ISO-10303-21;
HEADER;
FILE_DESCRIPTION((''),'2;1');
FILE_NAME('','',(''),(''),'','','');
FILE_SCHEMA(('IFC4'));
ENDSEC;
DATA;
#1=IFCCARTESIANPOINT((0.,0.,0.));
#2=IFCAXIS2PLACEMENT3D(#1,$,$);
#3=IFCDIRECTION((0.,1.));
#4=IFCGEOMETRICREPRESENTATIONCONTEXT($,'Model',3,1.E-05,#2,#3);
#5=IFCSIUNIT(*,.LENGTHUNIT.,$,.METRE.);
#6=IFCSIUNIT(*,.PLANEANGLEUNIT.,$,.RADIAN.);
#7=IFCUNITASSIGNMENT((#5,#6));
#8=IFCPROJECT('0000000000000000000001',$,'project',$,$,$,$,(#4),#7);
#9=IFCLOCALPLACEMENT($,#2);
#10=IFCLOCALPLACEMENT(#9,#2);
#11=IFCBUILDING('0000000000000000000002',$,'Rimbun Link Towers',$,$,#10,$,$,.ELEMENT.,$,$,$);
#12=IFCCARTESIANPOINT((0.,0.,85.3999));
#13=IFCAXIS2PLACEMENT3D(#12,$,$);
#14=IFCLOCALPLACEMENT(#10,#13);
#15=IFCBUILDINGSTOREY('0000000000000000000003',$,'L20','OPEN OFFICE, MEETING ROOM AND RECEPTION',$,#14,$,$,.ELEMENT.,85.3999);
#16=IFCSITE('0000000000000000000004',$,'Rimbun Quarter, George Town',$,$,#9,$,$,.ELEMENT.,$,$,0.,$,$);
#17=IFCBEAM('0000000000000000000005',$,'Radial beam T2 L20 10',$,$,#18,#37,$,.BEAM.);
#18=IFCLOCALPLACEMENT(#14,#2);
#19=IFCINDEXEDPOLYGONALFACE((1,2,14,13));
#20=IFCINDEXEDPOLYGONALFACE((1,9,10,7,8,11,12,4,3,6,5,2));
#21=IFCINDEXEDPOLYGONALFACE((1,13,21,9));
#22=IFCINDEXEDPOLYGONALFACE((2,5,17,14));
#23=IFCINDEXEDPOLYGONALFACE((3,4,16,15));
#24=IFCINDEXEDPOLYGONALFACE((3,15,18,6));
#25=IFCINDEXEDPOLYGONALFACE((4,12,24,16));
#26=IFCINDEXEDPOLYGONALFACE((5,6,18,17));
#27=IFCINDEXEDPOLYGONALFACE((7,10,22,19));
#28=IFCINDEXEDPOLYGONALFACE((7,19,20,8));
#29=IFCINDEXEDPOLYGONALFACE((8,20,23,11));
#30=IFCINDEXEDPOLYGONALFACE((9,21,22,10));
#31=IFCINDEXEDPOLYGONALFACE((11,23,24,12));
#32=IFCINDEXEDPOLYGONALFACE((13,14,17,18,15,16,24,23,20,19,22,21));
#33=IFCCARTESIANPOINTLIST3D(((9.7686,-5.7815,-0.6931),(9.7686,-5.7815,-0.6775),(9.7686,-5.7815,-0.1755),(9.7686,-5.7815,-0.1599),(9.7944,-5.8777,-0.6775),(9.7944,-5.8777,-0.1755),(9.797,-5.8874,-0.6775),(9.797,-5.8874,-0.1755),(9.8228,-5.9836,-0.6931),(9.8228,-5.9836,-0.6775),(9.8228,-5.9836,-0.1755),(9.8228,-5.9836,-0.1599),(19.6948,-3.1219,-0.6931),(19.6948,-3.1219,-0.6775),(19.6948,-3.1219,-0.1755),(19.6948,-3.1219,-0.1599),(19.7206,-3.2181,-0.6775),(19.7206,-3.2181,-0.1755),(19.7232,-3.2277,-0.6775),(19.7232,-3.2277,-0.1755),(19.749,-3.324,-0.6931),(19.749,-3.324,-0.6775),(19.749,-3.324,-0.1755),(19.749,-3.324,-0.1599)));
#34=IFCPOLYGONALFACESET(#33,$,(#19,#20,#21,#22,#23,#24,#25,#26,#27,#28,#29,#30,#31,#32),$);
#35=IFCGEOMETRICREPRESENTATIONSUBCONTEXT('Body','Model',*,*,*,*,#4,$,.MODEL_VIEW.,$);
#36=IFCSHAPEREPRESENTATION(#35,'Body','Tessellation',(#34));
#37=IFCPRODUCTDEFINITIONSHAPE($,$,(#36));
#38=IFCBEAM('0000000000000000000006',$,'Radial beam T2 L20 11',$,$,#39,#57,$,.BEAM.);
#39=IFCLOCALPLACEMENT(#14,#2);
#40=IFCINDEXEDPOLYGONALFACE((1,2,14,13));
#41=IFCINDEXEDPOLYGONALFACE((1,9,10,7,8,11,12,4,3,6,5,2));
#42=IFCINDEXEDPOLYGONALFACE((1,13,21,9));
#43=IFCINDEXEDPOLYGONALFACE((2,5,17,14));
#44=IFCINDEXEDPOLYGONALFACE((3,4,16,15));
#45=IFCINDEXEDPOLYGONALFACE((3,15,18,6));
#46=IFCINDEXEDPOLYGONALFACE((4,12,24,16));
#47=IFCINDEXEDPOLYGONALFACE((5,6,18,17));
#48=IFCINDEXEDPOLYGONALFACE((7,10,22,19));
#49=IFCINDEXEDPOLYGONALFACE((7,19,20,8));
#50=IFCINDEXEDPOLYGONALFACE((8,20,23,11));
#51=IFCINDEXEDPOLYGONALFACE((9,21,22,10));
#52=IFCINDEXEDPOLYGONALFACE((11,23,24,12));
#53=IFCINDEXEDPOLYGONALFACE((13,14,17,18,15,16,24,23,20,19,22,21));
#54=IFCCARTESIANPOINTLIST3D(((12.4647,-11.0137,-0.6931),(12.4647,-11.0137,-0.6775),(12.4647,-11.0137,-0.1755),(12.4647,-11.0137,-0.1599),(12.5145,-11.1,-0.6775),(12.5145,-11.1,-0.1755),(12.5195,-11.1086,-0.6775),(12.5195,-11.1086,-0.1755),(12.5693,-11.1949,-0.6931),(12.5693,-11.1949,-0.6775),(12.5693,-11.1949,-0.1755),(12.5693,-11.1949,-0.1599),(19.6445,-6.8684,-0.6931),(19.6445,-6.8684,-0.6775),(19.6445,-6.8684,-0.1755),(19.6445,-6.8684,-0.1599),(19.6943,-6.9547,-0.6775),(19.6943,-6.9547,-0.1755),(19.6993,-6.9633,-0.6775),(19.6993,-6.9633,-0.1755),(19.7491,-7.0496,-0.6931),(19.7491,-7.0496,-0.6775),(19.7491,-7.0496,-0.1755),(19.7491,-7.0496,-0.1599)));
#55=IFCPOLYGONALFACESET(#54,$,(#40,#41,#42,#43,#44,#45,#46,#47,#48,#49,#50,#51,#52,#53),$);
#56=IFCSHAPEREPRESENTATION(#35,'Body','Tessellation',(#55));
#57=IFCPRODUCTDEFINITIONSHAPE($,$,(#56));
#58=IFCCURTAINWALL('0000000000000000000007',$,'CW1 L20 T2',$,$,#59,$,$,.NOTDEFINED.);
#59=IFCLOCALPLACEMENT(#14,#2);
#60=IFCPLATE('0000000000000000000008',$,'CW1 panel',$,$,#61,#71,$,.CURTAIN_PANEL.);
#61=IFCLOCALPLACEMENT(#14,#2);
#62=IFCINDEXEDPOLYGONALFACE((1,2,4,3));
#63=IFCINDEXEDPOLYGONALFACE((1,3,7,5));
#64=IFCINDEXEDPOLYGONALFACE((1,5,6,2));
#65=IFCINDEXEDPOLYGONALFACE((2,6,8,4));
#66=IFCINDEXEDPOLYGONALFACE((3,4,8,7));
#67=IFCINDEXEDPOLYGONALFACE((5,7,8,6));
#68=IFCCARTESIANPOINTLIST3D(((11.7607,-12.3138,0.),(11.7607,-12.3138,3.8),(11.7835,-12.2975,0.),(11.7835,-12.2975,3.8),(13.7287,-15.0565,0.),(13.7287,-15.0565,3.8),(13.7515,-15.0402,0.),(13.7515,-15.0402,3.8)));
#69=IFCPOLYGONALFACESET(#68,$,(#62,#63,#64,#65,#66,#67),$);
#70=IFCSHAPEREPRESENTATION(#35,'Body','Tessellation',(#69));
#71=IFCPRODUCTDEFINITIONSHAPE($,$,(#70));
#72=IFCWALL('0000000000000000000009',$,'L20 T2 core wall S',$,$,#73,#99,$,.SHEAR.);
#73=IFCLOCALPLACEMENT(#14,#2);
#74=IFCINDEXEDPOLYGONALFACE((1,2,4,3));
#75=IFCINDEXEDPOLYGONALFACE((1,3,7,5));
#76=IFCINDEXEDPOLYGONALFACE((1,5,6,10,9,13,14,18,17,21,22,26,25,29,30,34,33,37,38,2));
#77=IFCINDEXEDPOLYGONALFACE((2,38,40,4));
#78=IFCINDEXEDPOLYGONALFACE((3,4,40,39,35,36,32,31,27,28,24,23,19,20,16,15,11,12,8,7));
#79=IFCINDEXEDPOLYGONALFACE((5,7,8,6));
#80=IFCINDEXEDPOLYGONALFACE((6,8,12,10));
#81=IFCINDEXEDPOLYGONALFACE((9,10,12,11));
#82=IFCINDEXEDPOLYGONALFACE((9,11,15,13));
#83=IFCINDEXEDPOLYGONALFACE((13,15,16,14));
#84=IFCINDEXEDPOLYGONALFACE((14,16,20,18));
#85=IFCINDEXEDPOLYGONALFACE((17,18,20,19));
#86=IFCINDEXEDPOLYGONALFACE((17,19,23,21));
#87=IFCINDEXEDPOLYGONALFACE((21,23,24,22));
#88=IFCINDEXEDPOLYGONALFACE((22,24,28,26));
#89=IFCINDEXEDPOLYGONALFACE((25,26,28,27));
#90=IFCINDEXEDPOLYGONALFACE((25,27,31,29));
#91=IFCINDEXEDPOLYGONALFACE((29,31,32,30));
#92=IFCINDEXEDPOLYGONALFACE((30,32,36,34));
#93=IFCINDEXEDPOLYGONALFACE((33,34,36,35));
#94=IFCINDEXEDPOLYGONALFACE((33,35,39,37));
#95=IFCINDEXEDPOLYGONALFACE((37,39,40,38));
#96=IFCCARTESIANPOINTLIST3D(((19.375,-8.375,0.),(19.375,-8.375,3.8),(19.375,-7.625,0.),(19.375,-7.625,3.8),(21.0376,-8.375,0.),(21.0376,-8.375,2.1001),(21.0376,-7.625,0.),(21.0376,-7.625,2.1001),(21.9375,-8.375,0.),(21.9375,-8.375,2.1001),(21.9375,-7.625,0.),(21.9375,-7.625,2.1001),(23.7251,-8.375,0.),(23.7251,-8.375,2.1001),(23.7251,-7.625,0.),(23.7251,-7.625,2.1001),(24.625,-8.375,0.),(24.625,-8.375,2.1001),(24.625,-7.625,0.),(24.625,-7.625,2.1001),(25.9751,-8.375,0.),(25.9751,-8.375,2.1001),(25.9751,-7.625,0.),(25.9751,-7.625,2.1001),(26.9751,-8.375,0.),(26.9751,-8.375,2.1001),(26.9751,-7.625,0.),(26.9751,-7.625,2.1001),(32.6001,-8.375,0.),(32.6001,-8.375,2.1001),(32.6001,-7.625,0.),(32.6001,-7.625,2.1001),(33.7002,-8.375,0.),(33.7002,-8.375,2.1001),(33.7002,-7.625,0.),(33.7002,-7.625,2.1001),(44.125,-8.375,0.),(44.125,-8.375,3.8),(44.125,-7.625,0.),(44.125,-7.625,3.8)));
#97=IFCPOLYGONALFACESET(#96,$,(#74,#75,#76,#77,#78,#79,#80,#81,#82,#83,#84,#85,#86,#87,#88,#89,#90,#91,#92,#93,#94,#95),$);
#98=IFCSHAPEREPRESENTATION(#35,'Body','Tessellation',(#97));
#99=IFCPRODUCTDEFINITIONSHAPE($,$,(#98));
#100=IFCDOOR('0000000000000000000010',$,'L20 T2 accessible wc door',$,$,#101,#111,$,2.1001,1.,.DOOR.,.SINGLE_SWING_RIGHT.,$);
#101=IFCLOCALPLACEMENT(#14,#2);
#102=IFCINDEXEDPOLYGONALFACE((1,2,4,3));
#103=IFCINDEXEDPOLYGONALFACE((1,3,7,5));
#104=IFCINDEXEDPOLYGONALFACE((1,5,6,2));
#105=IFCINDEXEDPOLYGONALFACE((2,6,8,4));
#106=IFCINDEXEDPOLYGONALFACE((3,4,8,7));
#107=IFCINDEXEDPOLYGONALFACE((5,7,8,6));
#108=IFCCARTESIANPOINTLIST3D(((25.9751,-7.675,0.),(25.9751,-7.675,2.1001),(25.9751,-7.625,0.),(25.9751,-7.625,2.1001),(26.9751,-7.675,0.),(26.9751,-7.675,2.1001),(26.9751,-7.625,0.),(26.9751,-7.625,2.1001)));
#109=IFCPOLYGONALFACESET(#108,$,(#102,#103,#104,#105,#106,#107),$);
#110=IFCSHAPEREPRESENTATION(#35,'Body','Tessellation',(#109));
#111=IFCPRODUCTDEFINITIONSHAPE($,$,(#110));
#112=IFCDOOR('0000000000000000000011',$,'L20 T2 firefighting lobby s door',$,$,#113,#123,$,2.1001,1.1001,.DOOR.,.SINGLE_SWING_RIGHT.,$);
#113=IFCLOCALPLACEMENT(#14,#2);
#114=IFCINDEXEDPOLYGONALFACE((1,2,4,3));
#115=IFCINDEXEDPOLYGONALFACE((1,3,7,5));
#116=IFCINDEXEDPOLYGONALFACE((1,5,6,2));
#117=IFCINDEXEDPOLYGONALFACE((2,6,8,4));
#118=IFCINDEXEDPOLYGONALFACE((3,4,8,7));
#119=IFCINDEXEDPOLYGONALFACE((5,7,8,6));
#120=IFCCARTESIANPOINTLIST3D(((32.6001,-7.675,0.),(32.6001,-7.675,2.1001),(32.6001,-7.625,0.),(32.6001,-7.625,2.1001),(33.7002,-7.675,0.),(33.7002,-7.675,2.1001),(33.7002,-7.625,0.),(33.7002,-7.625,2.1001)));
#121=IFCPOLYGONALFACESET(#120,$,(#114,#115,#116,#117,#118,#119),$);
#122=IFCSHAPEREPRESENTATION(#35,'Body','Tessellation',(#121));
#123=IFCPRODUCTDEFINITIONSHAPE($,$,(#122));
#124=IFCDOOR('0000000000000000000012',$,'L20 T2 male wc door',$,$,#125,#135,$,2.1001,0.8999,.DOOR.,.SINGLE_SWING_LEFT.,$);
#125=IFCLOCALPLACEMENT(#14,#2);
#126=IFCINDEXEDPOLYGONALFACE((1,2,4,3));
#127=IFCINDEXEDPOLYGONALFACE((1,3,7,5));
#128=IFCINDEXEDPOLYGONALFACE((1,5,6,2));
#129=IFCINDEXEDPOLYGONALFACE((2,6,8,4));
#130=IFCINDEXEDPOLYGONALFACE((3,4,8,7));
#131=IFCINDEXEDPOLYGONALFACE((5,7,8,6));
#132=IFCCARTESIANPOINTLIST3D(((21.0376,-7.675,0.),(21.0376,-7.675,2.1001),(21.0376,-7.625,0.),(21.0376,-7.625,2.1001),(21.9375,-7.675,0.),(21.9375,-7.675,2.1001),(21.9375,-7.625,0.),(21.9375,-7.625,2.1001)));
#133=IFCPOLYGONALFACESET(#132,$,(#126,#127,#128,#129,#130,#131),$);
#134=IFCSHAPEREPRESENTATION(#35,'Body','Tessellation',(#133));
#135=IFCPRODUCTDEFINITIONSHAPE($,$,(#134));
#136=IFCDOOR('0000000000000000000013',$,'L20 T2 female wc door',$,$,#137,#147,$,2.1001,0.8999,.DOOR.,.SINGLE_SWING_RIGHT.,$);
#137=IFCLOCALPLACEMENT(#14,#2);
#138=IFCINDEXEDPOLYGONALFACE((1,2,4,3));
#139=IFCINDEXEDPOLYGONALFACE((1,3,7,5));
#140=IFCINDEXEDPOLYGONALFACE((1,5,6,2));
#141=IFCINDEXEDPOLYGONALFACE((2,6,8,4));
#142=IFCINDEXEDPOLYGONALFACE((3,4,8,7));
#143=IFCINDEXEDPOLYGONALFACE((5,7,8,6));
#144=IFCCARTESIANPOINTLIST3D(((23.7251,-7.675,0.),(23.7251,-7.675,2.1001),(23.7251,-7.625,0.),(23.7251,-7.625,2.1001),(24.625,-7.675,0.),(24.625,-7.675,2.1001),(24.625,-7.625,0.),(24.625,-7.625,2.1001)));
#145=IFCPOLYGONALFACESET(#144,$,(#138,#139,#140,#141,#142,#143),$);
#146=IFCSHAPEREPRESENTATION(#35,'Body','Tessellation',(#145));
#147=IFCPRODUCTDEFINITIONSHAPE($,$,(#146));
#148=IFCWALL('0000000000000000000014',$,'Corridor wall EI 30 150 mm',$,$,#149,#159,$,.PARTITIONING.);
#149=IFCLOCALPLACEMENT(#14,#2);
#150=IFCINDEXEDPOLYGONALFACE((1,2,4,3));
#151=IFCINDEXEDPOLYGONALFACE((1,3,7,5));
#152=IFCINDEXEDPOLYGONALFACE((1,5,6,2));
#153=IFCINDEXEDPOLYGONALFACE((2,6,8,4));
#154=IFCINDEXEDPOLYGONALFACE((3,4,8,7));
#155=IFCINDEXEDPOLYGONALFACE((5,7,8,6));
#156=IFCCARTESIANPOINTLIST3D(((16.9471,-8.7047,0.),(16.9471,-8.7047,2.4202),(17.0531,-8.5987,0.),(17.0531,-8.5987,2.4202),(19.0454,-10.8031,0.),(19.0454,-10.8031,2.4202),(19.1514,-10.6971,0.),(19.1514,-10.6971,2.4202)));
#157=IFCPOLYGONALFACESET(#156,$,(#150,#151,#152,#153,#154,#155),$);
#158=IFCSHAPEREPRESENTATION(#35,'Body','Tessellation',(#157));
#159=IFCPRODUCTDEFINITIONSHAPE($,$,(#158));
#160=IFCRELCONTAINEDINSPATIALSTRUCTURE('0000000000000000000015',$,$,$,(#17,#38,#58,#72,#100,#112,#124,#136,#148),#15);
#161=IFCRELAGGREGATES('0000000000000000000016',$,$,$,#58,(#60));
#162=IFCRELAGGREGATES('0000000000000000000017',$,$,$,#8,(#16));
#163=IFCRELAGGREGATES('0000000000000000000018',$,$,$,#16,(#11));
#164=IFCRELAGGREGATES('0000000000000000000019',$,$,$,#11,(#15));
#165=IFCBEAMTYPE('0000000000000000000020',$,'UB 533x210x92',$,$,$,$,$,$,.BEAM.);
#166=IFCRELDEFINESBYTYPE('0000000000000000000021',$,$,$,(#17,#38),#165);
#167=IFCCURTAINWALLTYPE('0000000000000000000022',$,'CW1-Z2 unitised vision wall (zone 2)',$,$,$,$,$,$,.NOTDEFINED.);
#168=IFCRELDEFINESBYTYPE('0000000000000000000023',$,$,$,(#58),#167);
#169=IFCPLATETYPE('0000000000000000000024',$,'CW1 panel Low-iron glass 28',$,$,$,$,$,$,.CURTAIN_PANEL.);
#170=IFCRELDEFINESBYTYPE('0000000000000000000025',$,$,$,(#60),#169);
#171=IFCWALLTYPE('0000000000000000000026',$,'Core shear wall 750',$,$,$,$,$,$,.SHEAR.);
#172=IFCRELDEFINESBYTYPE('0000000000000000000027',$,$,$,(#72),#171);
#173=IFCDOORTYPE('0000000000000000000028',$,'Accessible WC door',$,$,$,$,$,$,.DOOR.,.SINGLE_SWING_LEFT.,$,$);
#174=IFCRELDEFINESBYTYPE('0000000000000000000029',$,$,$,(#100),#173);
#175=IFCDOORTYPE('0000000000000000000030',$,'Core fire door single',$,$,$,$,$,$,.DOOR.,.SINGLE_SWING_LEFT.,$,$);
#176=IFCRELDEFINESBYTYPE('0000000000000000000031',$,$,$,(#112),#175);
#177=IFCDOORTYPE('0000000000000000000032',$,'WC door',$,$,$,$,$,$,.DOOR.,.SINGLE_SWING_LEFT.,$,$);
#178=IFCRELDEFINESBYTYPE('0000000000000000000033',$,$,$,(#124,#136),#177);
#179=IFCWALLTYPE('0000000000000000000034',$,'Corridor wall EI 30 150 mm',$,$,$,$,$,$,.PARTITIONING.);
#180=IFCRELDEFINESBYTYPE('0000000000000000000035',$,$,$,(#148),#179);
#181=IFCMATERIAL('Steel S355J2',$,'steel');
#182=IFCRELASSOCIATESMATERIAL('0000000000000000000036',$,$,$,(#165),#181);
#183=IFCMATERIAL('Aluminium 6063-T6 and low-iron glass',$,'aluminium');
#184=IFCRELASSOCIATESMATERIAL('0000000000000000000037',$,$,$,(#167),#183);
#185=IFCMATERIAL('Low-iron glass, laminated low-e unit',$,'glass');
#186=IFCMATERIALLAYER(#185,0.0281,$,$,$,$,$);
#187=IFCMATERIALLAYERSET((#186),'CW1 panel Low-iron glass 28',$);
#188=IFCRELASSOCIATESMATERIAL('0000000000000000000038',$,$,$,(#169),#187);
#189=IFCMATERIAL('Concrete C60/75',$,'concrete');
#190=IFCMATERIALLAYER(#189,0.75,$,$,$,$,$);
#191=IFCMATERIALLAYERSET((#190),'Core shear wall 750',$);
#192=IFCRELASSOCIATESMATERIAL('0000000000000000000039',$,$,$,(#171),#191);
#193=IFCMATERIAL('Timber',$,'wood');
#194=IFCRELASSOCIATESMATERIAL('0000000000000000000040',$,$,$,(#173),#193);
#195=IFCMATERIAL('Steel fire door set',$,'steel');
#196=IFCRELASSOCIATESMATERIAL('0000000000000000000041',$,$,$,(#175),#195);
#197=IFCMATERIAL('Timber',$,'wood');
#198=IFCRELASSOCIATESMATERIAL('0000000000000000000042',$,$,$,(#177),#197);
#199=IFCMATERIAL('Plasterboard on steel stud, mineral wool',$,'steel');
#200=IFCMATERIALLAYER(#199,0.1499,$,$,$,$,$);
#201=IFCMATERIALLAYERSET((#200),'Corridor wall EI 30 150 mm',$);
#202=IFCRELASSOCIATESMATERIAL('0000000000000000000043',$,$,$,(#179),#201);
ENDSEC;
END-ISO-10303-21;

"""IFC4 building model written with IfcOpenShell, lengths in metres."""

from ifc_helpers import new_model, si_unit, direction, frame, frame_2d, origin, origin_2d, place, context, subcontext, project, spatial, rectangle, i_section, extrude, material, layer, layer_set, material_profile, profile_set, type_object, element, fill, aggregate, save


model = new_model("IFC4")

# Units and contexts
model_context = context("Model", 3, precision=1e-05, world=origin(), true_north=direction((0.0, 1.0)))
body_context = subcontext(model_context, "Body", "Model", "MODEL_VIEW")
ifc_project = project(units=[si_unit("LENGTHUNIT", "METRE"), si_unit("PLANEANGLEUNIT", "RADIAN")], contexts=[model_context])

# Site, building, storey
site_placement = place(None, origin())
site = spatial("IfcSite", under=ifc_project, at=site_placement, Name="Rimbun Quarter, George Town", CompositionType="ELEMENT", RefElevation=0.0)
building_placement = place(site_placement, origin())
building = spatial("IfcBuilding", under=site, at=building_placement, Name="Rimbun Link Towers", CompositionType="ELEMENT")
storey_placement = place(building_placement, frame((0.0, 0.0, 85.3999)))
storey = spatial("IfcBuildingStorey", under=building, at=storey_placement, Name="L20", Description="OPEN OFFICE, MEETING ROOM AND RECEPTION", CompositionType="ELEMENT", Elevation=85.3999)

# Beams
ifc_material_1 = material(Name="Steel S355J2", Category="steel")
ifc_material_profile = material_profile(ifc_material_1, i_section(OverallWidth=0.2092, OverallDepth=0.5332, WebThickness=0.01, FlangeThickness=0.0156, at=origin_2d()), Name="UB 533x210x92")
ifc_profile_set = profile_set([ifc_material_profile], Name="Steel S355J2")
beam_type = type_object("IfcBeamType", Name="UB 533x210x92", PredefinedType="BEAM", material=ifc_profile_set)
beam_1_placement = place(storey_placement, frame((19.7219, -3.2229, -0.4265), z_axis=(-0.965927, -0.258813, 0.0), x_axis=(0.258813, -0.965927, 0.0)))
element("IfcBeam", 1, at=beam_1_placement, inside=storey, type_object=beam_type, Name="Radial beam T2 L20 10", PredefinedType="BEAM", context=body_context, shape_type="SweptSolid", body=[
    extrude(i_section(OverallWidth=0.2092, OverallDepth=0.5332, WebThickness=0.01, FlangeThickness=0.0156, at=origin_2d()), origin(), (0.0, 0.0, 1.0), 10.2764),
])
beam_2_placement = place(storey_placement, frame((19.6968, -6.959, -0.4265), z_axis=(-0.866022, -0.500006, 0.0), x_axis=(0.500006, -0.866022, 0.0)))
element("IfcBeam", 2, at=beam_2_placement, inside=storey, type_object=beam_type, Name="Radial beam T2 L20 11", PredefinedType="BEAM", context=body_context, shape_type="SweptSolid", body=[
    extrude(i_section(OverallWidth=0.2092, OverallDepth=0.5332, WebThickness=0.01, FlangeThickness=0.0156, at=origin_2d()), origin(), (0.0, 0.0, 1.0), 8.2905),
])

# Curtain wall, plate
ifc_material_2 = material(Name="Aluminium 6063-T6 and low-iron glass", Category="aluminium")
curtain_wall_type = type_object("IfcCurtainWallType", Name="CW1-Z2 unitised vision wall (zone 2)", PredefinedType="NOTDEFINED", material=ifc_material_2)
curtain_wall_placement = place(storey_placement, origin())
curtain_wall = element("IfcCurtainWall", 3, at=curtain_wall_placement, inside=storey, type_object=curtain_wall_type, Name="CW1 L20 T2", PredefinedType="NOTDEFINED")
ifc_material_3 = material(Name="Low-iron glass, laminated low-e unit", Category="glass")
ifc_layer_1 = layer(ifc_material_3, 0.0281)
ifc_layer_set_1 = layer_set([ifc_layer_1], Name="CW1 panel Low-iron glass 28")
plate_type = type_object("IfcPlateType", Name="CW1 panel Low-iron glass 28", PredefinedType="CURTAIN_PANEL", material=ifc_layer_set_1)
plate_placement = place(storey_placement, frame((12.7561, -13.677, 0.0), z_axis=(0.0, 0.0, 1.0), x_axis=(-0.583004, 0.812469, 0.0)))
plate = element("IfcPlate", 4, at=plate_placement, type_object=plate_type, Name="CW1 panel", PredefinedType="CURTAIN_PANEL", context=body_context, shape_type="SweptSolid", body=[
    extrude(rectangle(XDim=3.3757, YDim=0.0281, at=origin_2d()), origin(), (0.0, 0.0, 1.0), 3.8),
])
aggregate(curtain_wall, [plate])

# Wall, openings, doors
ifc_material_4 = material(Name="Concrete C60/75", Category="concrete")
ifc_layer_2 = layer(ifc_material_4, 0.75)
ifc_layer_set_2 = layer_set([ifc_layer_2], Name="Core shear wall 750")
wall_type_1 = type_object("IfcWallType", Name="Core shear wall 750", PredefinedType="SHEAR", material=ifc_layer_set_2)
wall_1_placement = place(storey_placement, frame((19.375, -8.0, 0.0), z_axis=(0.0, 0.0, 1.0), x_axis=(1.0, 0.0, 0.0)))
wall_1 = element("IfcWall", 5, at=wall_1_placement, inside=storey, type_object=wall_type_1, Name="L20 T2 core wall S", PredefinedType="SHEAR", context=body_context, shape_type="SweptSolid", body=[
    extrude(rectangle(XDim=24.75, YDim=0.75, at=frame_2d((12.375, 0.0))), origin(), (0.0, 0.0, 1.0), 3.8),
])
opening_1_placement = place(wall_1_placement, frame((13.2251, 0.0, 0.0)))
opening_1 = element("IfcOpeningElement", 6, at=opening_1_placement, cuts=wall_1, PredefinedType="OPENING", context=body_context, shape_type="SweptSolid", body=[
    extrude(rectangle(XDim=1.1001, YDim=2.1001, at=frame_2d((0.55, 1.05))), frame((0.0, 0.385, 0.0), z_axis=(0.0, -1.0, 0.0), x_axis=(1.0, 0.0, 0.0)), (0.0, 0.0, 1.0), 0.77),
])
opening_2_placement = place(wall_1_placement, frame((1.6626, 0.0, 0.0)))
opening_2 = element("IfcOpeningElement", 7, at=opening_2_placement, cuts=wall_1, PredefinedType="OPENING", context=body_context, shape_type="SweptSolid", body=[
    extrude(rectangle(XDim=0.8999, YDim=2.1001, at=frame_2d((0.45, 1.05))), frame((0.0, 0.385, 0.0), z_axis=(0.0, -1.0, 0.0), x_axis=(1.0, 0.0, 0.0)), (0.0, 0.0, 1.0), 0.77),
])
opening_3_placement = place(wall_1_placement, frame((4.3501, 0.0, 0.0)))
opening_3 = element("IfcOpeningElement", 8, at=opening_3_placement, cuts=wall_1, PredefinedType="OPENING", context=body_context, shape_type="SweptSolid", body=[
    extrude(rectangle(XDim=0.8999, YDim=2.1001, at=frame_2d((0.45, 1.05))), frame((0.0, 0.385, 0.0), z_axis=(0.0, -1.0, 0.0), x_axis=(1.0, 0.0, 0.0)), (0.0, 0.0, 1.0), 0.77),
])
opening_4_placement = place(wall_1_placement, frame((6.6001, 0.0, 0.0)))
opening_4 = element("IfcOpeningElement", 9, at=opening_4_placement, cuts=wall_1, PredefinedType="OPENING", context=body_context, shape_type="SweptSolid", body=[
    extrude(rectangle(XDim=1.0, YDim=2.1001, at=frame_2d((0.5, 1.05))), frame((0.0, 0.385, 0.0), z_axis=(0.0, -1.0, 0.0), x_axis=(1.0, 0.0, 0.0)), (0.0, 0.0, 1.0), 0.77),
])
ifc_material_5 = material(Name="Timber", Category="wood")
door_type_1 = type_object("IfcDoorType", Name="Accessible WC door", OperationType="SINGLE_SWING_LEFT", PredefinedType="DOOR", material=ifc_material_5)
door_1_placement = place(opening_4_placement, origin())
door_1 = element("IfcDoor", 10, at=door_1_placement, inside=storey, type_object=door_type_1, Name="L20 T2 accessible wc door", OperationType="SINGLE_SWING_RIGHT", OverallHeight=2.1001, OverallWidth=1.0, PredefinedType="DOOR", context=body_context, shape_type="SweptSolid", body=[
    extrude(rectangle(XDim=1.0, YDim=2.1001, at=frame_2d((0.5, 1.05))), frame((0.0, 0.375, 0.0), z_axis=(0.0, -1.0, 0.0), x_axis=(1.0, 0.0, 0.0)), (0.0, 0.0, 1.0), 0.05),
])
fill(opening_4, door_1)
ifc_material_6 = material(Name="Steel fire door set", Category="steel")
door_type_2 = type_object("IfcDoorType", Name="Core fire door single", OperationType="SINGLE_SWING_LEFT", PredefinedType="DOOR", material=ifc_material_6)
door_2_placement = place(opening_1_placement, origin())
door_2 = element("IfcDoor", 11, at=door_2_placement, inside=storey, type_object=door_type_2, Name="L20 T2 firefighting lobby s door", OperationType="SINGLE_SWING_RIGHT", OverallHeight=2.1001, OverallWidth=1.1001, PredefinedType="DOOR", context=body_context, shape_type="SweptSolid", body=[
    extrude(rectangle(XDim=1.1001, YDim=2.1001, at=frame_2d((0.55, 1.05))), frame((0.0, 0.375, 0.0), z_axis=(0.0, -1.0, 0.0), x_axis=(1.0, 0.0, 0.0)), (0.0, 0.0, 1.0), 0.05),
])
fill(opening_1, door_2)
ifc_material_7 = material(Name="Timber", Category="wood")
door_type_3 = type_object("IfcDoorType", Name="WC door", OperationType="SINGLE_SWING_LEFT", PredefinedType="DOOR", material=ifc_material_7)
door_3_placement = place(opening_2_placement, origin())
door_3 = element("IfcDoor", 12, at=door_3_placement, inside=storey, type_object=door_type_3, Name="L20 T2 male wc door", OperationType="SINGLE_SWING_LEFT", OverallHeight=2.1001, OverallWidth=0.8999, PredefinedType="DOOR", context=body_context, shape_type="SweptSolid", body=[
    extrude(rectangle(XDim=0.8999, YDim=2.1001, at=frame_2d((0.45, 1.05))), frame((0.0, 0.375, 0.0), z_axis=(0.0, -1.0, 0.0), x_axis=(1.0, 0.0, 0.0)), (0.0, 0.0, 1.0), 0.05),
])
fill(opening_2, door_3)
door_4_placement = place(opening_3_placement, origin())
door_4 = element("IfcDoor", 13, at=door_4_placement, inside=storey, type_object=door_type_3, Name="L20 T2 female wc door", OperationType="SINGLE_SWING_RIGHT", OverallHeight=2.1001, OverallWidth=0.8999, PredefinedType="DOOR", context=body_context, shape_type="SweptSolid", body=[
    extrude(rectangle(XDim=0.8999, YDim=2.1001, at=frame_2d((0.45, 1.05))), frame((0.0, 0.375, 0.0), z_axis=(0.0, -1.0, 0.0), x_axis=(1.0, 0.0, 0.0)), (0.0, 0.0, 1.0), 0.05),
])
fill(opening_3, door_4)

# Wall
ifc_material_8 = material(Name="Plasterboard on steel stud, mineral wool", Category="steel")
ifc_layer_3 = layer(ifc_material_8, 0.1499)
ifc_layer_set_3 = layer_set([ifc_layer_3], Name="Corridor wall EI 30 150 mm")
wall_type_2 = type_object("IfcWallType", Name="Corridor wall EI 30 150 mm", PredefinedType="PARTITIONING", material=ifc_layer_set_3)
wall_2_placement = place(storey_placement, frame((17.0, -8.6516, 0.0), z_axis=(0.0, 0.0, 1.0), x_axis=(0.707107, -0.707107, 0.0)))
element("IfcWall", 14, at=wall_2_placement, inside=storey, type_object=wall_type_2, Name="Corridor wall EI 30 150 mm", PredefinedType="PARTITIONING", context=body_context, shape_type="SweptSolid", body=[
    extrude(rectangle(XDim=2.9675, YDim=0.1499, at=frame_2d((1.4839, 0.0))), origin(), (0.0, 0.0, 1.0), 2.4202),
])

save(model, "model.ifc")
